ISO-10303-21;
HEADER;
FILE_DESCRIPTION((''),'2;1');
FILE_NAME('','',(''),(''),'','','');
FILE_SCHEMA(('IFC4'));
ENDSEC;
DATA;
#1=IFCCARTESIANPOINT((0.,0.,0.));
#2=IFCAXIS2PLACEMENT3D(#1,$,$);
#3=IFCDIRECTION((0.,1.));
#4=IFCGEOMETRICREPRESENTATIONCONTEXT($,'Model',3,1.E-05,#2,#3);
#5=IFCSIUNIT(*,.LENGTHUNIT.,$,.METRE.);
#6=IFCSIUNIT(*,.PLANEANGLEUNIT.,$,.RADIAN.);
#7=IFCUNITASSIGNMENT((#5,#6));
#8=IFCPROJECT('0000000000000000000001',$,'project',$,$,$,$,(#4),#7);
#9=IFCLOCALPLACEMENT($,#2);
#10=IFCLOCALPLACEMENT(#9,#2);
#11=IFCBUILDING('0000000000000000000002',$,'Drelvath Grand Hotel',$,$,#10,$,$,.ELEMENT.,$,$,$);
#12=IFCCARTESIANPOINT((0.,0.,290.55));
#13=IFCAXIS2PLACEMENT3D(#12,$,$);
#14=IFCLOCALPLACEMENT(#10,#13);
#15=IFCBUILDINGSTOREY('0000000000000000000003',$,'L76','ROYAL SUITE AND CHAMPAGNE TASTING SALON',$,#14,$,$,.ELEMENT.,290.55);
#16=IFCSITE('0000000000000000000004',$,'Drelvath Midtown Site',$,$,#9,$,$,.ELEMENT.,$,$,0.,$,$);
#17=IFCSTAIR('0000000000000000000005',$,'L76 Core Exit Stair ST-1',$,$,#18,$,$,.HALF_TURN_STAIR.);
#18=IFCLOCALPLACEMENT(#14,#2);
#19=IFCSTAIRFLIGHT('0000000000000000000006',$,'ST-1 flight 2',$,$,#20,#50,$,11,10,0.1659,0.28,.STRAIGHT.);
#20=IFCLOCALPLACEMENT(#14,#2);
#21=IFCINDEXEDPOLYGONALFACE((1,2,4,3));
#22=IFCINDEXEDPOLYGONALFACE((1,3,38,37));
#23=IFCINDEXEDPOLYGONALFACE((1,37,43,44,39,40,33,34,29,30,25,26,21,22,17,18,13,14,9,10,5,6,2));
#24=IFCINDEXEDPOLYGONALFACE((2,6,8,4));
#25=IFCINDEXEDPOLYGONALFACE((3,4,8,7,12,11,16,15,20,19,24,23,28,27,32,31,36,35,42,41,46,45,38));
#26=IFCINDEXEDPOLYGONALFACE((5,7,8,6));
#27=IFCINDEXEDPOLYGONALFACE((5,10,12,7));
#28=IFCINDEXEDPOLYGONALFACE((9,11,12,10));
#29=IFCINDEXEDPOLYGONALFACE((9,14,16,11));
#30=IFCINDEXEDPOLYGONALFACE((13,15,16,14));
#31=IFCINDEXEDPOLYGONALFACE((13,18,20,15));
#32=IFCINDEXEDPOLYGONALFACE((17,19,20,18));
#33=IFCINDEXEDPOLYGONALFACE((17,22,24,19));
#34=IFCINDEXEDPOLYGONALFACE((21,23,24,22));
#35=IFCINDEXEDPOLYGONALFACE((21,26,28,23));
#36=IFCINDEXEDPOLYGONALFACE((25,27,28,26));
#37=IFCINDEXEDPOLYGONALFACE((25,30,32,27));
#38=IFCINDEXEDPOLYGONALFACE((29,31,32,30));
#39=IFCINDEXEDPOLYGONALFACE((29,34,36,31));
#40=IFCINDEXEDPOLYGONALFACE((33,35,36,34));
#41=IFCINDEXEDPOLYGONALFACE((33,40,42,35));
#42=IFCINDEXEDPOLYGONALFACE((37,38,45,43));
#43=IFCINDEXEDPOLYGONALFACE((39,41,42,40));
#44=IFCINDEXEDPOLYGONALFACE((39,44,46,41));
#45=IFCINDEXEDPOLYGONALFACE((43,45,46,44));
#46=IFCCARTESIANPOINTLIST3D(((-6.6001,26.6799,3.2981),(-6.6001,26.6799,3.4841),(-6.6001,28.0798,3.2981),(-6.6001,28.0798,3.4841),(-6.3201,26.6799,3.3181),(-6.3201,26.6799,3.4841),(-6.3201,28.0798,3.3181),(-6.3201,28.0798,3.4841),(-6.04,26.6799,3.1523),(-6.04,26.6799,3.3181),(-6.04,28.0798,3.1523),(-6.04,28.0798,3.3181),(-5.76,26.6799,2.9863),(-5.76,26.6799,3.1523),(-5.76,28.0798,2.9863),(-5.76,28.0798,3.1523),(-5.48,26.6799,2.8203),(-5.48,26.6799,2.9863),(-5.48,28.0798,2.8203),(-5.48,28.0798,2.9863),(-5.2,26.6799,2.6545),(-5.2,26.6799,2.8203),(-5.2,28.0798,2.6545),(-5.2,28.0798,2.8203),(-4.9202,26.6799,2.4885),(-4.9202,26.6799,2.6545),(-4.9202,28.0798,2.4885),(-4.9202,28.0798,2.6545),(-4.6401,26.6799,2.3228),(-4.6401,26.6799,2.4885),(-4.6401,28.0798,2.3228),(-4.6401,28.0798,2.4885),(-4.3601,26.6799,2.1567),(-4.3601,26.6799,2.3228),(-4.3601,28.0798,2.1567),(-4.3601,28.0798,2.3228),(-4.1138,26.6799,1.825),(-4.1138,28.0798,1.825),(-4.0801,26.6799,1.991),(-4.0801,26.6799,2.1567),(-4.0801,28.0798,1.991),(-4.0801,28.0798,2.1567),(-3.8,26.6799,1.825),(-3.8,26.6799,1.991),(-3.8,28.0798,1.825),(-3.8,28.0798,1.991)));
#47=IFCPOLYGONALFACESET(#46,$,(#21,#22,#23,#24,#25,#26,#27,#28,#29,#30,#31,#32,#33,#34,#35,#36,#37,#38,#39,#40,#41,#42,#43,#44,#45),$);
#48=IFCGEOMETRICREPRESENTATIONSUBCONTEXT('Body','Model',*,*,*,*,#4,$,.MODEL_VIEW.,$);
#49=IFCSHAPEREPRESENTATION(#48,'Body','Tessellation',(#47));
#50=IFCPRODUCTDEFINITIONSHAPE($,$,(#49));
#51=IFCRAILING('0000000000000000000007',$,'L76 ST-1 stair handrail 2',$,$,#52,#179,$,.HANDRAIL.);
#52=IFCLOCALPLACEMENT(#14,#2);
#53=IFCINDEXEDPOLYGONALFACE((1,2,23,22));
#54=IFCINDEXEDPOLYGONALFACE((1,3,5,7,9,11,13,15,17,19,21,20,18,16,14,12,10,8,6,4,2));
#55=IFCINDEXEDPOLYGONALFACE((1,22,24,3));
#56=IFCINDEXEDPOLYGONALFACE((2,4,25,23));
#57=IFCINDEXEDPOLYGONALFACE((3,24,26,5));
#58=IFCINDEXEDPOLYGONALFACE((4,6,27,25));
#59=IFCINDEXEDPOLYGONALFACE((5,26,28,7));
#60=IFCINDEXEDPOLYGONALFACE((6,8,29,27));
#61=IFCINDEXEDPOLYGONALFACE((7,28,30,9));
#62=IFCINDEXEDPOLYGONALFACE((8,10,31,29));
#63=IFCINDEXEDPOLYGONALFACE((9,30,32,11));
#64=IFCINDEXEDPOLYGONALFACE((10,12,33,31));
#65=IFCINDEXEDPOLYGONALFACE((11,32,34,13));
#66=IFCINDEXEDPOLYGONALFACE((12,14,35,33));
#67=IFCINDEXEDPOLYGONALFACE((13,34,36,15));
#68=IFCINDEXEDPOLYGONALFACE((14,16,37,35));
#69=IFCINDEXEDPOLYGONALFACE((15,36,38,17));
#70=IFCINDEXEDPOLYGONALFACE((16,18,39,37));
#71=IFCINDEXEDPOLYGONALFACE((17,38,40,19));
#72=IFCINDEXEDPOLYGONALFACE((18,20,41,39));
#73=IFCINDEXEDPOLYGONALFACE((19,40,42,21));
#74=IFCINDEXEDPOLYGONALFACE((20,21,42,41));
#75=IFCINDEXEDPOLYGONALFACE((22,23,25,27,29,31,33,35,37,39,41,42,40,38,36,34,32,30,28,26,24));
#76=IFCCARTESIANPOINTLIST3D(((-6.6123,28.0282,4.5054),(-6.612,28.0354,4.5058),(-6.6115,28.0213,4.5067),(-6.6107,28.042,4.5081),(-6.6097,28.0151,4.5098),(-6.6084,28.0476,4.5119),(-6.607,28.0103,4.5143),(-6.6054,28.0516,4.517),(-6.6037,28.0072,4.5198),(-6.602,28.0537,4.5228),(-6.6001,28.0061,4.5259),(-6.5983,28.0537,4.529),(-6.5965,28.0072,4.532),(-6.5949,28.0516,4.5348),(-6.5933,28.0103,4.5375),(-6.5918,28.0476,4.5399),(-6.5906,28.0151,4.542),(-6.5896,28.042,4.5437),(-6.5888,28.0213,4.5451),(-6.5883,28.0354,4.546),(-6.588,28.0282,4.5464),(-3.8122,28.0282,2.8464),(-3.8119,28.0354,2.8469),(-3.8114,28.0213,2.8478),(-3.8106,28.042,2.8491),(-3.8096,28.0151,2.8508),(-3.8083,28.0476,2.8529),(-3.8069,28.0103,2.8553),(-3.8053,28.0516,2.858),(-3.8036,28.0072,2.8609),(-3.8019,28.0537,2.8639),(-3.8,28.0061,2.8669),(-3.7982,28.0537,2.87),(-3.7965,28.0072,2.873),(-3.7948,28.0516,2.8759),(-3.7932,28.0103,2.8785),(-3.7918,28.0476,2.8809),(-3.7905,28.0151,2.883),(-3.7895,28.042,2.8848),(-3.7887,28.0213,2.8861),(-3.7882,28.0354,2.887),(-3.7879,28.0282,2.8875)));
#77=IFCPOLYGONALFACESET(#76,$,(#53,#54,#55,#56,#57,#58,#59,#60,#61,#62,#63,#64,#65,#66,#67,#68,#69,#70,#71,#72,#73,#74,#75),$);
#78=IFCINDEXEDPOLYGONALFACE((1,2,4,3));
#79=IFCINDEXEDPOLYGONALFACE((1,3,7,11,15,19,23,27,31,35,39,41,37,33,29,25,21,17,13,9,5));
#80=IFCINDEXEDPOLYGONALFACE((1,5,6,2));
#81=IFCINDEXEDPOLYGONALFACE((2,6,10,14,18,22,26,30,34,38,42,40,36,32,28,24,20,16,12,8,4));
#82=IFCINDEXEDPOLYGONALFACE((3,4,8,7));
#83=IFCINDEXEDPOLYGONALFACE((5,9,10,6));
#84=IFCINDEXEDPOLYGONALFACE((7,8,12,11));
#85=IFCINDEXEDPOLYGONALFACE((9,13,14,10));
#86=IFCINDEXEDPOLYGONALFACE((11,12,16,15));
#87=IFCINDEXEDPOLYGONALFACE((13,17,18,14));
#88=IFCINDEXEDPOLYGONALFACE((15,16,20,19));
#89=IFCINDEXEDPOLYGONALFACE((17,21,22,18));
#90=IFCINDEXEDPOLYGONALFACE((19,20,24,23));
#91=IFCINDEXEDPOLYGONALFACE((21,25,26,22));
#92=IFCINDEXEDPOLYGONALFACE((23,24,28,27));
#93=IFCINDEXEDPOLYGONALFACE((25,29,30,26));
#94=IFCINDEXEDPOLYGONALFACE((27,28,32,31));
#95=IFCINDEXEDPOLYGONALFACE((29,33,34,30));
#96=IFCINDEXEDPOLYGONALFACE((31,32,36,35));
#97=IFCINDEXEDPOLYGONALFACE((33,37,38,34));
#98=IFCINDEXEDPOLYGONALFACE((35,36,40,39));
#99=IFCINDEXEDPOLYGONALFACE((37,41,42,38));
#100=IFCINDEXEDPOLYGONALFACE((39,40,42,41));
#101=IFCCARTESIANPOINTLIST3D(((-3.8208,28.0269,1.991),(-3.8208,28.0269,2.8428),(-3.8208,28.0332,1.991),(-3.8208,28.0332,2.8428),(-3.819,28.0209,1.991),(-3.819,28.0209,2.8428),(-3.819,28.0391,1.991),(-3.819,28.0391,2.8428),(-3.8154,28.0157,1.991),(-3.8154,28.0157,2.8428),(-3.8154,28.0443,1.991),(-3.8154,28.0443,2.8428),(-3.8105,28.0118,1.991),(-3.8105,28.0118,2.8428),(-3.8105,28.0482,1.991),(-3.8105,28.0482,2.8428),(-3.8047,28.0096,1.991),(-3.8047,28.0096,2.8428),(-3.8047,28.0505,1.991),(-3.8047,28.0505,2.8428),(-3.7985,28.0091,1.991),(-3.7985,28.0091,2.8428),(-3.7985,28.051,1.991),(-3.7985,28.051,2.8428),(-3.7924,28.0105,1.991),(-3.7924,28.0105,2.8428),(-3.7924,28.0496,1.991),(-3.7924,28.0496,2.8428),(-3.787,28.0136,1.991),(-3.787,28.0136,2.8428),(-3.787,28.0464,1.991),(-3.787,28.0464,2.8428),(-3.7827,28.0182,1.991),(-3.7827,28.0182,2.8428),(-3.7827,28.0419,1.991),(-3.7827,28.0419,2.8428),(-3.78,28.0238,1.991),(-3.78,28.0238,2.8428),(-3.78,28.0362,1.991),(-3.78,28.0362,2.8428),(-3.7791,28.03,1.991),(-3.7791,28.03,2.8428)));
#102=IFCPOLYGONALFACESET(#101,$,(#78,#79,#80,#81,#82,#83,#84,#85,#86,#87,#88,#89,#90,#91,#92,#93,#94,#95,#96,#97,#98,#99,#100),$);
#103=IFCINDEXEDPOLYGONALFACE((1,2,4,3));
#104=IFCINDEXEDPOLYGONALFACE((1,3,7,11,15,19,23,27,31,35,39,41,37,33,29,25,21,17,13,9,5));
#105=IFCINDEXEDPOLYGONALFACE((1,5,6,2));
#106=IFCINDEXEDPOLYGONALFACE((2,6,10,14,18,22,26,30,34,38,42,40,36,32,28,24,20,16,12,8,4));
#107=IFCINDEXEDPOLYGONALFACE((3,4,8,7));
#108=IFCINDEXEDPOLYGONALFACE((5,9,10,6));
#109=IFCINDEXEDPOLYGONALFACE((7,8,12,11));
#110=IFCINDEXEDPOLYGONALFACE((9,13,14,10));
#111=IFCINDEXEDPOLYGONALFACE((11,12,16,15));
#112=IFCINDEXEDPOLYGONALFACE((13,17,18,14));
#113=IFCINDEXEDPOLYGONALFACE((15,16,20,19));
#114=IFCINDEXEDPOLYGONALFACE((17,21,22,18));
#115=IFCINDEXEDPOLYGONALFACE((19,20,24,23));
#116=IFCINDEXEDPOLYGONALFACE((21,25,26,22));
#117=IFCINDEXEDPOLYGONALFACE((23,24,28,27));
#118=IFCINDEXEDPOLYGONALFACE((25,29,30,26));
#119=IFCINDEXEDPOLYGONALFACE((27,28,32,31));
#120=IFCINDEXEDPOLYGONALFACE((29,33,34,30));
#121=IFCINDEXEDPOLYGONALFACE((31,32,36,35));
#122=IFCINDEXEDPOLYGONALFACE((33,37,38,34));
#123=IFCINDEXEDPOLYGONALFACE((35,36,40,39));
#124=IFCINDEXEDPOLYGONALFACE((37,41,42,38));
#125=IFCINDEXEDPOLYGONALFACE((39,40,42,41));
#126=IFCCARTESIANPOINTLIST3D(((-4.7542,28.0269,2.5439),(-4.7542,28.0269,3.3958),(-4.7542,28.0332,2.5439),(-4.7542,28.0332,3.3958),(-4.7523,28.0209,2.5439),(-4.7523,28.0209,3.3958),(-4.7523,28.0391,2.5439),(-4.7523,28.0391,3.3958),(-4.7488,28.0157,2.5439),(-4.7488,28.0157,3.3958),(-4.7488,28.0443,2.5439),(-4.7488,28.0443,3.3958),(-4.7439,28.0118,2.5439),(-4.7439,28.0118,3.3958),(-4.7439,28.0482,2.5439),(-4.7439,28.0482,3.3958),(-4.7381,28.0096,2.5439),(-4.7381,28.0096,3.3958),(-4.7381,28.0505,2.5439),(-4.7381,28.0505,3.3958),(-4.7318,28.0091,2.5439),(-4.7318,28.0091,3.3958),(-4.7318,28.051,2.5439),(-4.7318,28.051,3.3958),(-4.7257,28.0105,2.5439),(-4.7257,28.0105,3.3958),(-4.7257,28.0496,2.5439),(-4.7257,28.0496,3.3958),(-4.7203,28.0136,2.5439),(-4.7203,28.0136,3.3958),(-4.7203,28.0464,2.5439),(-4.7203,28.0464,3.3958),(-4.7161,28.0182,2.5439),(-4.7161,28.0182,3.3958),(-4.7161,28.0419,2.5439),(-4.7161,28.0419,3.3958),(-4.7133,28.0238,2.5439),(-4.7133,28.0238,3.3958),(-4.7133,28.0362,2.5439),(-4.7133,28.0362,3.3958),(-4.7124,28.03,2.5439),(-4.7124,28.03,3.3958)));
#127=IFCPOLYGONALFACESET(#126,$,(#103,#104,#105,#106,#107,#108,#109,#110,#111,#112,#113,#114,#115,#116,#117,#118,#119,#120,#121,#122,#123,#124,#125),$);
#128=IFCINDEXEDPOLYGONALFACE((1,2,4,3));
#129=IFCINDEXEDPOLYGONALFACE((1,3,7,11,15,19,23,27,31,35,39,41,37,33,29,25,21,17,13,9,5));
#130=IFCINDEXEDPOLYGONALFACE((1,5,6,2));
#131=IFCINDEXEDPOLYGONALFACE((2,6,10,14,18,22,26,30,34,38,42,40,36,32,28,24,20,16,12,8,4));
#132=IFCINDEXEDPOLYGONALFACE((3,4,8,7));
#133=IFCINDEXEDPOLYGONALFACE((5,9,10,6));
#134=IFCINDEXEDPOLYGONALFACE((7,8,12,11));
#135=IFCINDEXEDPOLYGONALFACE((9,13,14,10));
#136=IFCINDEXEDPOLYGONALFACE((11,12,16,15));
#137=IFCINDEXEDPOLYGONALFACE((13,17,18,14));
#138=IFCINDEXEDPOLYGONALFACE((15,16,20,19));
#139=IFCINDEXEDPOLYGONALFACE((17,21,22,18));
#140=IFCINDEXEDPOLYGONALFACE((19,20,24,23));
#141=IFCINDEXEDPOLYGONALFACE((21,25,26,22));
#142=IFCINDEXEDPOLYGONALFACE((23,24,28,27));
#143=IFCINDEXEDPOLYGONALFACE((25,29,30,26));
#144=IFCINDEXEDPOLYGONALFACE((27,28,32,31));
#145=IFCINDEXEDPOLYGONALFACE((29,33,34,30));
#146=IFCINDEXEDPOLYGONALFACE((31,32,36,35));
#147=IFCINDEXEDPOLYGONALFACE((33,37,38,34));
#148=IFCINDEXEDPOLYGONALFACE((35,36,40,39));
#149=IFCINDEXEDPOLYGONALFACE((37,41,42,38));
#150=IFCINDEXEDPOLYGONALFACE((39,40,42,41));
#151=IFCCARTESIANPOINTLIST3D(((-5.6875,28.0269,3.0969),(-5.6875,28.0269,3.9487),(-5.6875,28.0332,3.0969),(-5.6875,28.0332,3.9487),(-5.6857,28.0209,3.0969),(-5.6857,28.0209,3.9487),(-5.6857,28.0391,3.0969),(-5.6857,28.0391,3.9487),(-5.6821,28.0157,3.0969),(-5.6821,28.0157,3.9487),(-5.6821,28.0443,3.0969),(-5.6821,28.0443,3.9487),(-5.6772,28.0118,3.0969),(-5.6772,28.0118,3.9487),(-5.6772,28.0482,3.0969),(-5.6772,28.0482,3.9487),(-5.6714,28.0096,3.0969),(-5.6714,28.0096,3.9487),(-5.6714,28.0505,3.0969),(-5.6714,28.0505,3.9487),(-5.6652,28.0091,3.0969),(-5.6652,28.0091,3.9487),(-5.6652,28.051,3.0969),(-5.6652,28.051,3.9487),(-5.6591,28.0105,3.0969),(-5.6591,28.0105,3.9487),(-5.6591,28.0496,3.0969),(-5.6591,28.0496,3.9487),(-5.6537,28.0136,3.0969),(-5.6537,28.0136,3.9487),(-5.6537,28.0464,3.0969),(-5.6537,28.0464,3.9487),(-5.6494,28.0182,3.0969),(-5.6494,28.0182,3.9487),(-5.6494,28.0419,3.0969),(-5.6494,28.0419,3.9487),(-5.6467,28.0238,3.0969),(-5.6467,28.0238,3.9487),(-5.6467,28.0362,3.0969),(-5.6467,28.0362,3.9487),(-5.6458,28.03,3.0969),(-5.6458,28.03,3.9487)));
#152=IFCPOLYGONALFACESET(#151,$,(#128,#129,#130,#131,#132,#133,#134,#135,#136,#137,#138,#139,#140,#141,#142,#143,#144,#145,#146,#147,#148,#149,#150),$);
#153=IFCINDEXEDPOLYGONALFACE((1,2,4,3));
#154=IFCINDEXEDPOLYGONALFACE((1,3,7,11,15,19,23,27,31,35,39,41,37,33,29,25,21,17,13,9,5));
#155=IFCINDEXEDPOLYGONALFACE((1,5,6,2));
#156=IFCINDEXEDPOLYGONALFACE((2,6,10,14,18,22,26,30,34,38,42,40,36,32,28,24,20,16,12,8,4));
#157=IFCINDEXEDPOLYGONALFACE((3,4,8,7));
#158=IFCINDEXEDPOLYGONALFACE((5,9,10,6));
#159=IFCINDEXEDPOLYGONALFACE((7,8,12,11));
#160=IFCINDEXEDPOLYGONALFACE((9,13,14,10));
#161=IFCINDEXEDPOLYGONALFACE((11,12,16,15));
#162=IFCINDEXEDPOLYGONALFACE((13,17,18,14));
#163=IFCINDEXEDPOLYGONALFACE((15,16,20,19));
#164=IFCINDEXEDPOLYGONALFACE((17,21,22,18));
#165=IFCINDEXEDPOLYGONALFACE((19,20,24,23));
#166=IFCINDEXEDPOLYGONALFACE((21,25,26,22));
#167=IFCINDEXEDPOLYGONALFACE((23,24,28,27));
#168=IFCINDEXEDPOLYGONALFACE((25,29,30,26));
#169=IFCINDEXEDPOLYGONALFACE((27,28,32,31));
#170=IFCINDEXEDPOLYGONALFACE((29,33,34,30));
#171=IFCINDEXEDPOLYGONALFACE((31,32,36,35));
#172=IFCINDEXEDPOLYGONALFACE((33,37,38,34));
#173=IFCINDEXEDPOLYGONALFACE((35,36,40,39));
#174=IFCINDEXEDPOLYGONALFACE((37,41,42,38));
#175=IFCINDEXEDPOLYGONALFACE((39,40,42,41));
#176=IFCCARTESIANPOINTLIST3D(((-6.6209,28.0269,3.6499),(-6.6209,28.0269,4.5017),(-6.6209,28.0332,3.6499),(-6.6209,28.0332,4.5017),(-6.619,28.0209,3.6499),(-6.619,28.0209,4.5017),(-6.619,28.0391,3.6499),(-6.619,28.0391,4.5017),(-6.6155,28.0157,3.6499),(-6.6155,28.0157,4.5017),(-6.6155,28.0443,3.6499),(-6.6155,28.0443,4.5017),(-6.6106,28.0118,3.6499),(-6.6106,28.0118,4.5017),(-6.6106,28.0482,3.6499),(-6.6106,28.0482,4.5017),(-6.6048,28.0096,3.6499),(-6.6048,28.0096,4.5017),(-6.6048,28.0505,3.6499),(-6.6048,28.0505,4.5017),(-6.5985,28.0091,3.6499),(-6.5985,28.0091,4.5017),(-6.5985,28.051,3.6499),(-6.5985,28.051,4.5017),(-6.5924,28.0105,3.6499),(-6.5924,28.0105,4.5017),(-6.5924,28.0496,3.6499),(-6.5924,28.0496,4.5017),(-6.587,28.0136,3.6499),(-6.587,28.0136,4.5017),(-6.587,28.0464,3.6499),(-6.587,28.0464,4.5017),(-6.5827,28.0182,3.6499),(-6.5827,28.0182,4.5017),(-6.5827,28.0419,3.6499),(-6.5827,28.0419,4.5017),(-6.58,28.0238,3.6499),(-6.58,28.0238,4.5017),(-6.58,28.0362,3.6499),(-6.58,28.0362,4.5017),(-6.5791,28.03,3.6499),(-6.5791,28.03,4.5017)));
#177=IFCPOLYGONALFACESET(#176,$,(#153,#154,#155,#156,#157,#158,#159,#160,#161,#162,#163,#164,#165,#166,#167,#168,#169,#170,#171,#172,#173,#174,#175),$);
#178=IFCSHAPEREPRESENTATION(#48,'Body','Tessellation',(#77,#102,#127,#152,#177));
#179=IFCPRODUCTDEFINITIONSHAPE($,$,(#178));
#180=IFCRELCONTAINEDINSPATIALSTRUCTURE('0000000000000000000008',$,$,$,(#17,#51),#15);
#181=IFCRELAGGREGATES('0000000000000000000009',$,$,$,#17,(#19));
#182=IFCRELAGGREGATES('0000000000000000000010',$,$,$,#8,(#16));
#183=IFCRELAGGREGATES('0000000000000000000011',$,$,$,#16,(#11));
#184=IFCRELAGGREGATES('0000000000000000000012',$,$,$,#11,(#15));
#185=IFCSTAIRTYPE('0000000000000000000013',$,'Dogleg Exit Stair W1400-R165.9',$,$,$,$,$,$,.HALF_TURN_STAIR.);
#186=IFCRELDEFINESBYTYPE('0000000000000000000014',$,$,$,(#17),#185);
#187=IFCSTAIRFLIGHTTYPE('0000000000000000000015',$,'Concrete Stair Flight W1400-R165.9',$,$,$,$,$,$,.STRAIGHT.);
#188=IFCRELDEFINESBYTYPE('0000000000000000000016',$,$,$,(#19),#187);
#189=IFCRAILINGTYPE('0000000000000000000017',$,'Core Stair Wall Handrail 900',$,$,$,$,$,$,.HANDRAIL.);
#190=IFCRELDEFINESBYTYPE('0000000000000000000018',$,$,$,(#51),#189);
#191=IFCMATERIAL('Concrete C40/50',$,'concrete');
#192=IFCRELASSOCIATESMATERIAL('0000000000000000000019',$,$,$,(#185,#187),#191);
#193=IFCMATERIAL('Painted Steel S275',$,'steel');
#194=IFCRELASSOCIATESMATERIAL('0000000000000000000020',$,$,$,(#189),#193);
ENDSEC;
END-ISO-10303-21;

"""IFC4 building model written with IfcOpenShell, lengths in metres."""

from ifc_helpers import new_model, si_unit, direction, frame, origin, origin_2d, place, context, subcontext, project, spatial, polyline, circle, outline, extrude, material, type_object, element, aggregate, save


model = new_model("IFC4")

# Units and contexts
model_context = context("Model", 3, precision=1e-05, world=origin(), true_north=direction((0.0, 1.0)))
body_context = subcontext(model_context, "Body", "Model", "MODEL_VIEW")
ifc_project = project(units=[si_unit("LENGTHUNIT", "METRE"), si_unit("PLANEANGLEUNIT", "RADIAN")], contexts=[model_context])

# Site, building, storey
site_placement = place(None, origin())
site = spatial("IfcSite", under=ifc_project, at=site_placement, Name="Drelvath Midtown Site", CompositionType="ELEMENT", RefElevation=0.0)
building_placement = place(site_placement, origin())
building = spatial("IfcBuilding", under=site, at=building_placement, Name="Drelvath Grand Hotel", CompositionType="ELEMENT")
storey_placement = place(building_placement, frame((0.0, 0.0, 290.55)))
storey = spatial("IfcBuildingStorey", under=building, at=storey_placement, Name="L76", Description="ROYAL SUITE AND CHAMPAGNE TASTING SALON", CompositionType="ELEMENT", Elevation=290.55)

# Shared definitions
ifc_material_1 = material(Name="Painted Steel S275", Category="steel")

# Shared definitions
ifc_material_2 = material(Name="Concrete C40/50", Category="concrete")

# Stair, stair flight
stair_type = type_object("IfcStairType", Name="Dogleg Exit Stair W1400-R165.9", PredefinedType="HALF_TURN_STAIR", material=ifc_material_2)
stair_placement = place(storey_placement, origin())
stair = element("IfcStair", 1, at=stair_placement, inside=storey, type_object=stair_type, Name="L76 Core Exit Stair ST-1", PredefinedType="HALF_TURN_STAIR")
stair_flight_type = type_object("IfcStairFlightType", Name="Concrete Stair Flight W1400-R165.9", PredefinedType="STRAIGHT", material=ifc_material_2)
stair_flight_placement = place(storey_placement, frame((-3.8, 27.3799, 1.825), z_axis=(0.0, 0.0, 1.0), x_axis=(-1.0, 0.0, 0.0)))
stair_flight = element("IfcStairFlight", 2, at=stair_flight_placement, type_object=stair_flight_type, Name="ST-1 flight 2", NumberOfRisers=11, NumberOfTreads=10, PredefinedType="STRAIGHT", RiserHeight=0.1659, TreadLength=0.28, context=body_context, shape_type="SweptSolid", body=[
    extrude(outline(polyline([(0.0, 0.0), (0.0, 0.166), (0.28, 0.166), (0.28, 0.3318), (0.5601, 0.3318), (0.5601, 0.4978), (0.8401, 0.4978), (0.8401, 0.6636), (1.1201, 0.6636), (1.1201, 0.8296), (1.3999, 0.8296), (1.3999, 0.9954), (1.6799, 0.9954), (1.6799, 1.1614), (1.96, 1.1614), (1.96, 1.3274), (2.24, 1.3274), (2.24, 1.4932), (2.52, 1.4932), (2.52, 1.6592), (2.8, 1.6592), (2.8, 1.825), (2.8, 1.4731), (0.3137, 0.0), (0.0, 0.0)])), frame((0.0, 0.7, 0.0), z_axis=(0.0, -1.0, 0.0), x_axis=(1.0, 0.0, 0.0)), (0.0, 0.0, 1.0), 1.3999),
])
aggregate(stair, [stair_flight])

# Railing
railing_type_1 = type_object("IfcRailingType", Name="Core Stair Wall Handrail 900", PredefinedType="HANDRAIL", material=ifc_material_1)
railing_1_placement = place(storey_placement, frame((-3.8, 28.03, 1.991)))
element("IfcRailing", 3, at=railing_1_placement, inside=storey, type_object=railing_type_1, Name="L76 ST-1 stair handrail 2", PredefinedType="HANDRAIL", context=body_context, shape_type="SweptSolid", body=[
    extrude(circle(Radius=0.0239, at=origin_2d()), frame((0.0, 0.0, 0.876), z_axis=(-0.860339, 0.0, 0.509722), x_axis=(0.0, -1.0, 0.0)), (0.0, 0.0, 1.0), 3.2546),
    extrude(circle(Radius=0.021, at=origin_2d()), origin(), (0.0, 0.0, 1.0), 0.8518),
    extrude(circle(Radius=0.021, at=origin_2d()), frame((-0.9333, 0.0, 0.553)), (0.0, 0.0, 1.0), 0.8518),
    extrude(circle(Radius=0.021, at=origin_2d()), frame((-1.8667, 0.0, 1.106)), (0.0, 0.0, 1.0), 0.8518),
    extrude(circle(Radius=0.021, at=origin_2d()), frame((-2.8, 0.0, 1.6589)), (0.0, 0.0, 1.0), 0.8518),
])

save(model, "model.ifc")
